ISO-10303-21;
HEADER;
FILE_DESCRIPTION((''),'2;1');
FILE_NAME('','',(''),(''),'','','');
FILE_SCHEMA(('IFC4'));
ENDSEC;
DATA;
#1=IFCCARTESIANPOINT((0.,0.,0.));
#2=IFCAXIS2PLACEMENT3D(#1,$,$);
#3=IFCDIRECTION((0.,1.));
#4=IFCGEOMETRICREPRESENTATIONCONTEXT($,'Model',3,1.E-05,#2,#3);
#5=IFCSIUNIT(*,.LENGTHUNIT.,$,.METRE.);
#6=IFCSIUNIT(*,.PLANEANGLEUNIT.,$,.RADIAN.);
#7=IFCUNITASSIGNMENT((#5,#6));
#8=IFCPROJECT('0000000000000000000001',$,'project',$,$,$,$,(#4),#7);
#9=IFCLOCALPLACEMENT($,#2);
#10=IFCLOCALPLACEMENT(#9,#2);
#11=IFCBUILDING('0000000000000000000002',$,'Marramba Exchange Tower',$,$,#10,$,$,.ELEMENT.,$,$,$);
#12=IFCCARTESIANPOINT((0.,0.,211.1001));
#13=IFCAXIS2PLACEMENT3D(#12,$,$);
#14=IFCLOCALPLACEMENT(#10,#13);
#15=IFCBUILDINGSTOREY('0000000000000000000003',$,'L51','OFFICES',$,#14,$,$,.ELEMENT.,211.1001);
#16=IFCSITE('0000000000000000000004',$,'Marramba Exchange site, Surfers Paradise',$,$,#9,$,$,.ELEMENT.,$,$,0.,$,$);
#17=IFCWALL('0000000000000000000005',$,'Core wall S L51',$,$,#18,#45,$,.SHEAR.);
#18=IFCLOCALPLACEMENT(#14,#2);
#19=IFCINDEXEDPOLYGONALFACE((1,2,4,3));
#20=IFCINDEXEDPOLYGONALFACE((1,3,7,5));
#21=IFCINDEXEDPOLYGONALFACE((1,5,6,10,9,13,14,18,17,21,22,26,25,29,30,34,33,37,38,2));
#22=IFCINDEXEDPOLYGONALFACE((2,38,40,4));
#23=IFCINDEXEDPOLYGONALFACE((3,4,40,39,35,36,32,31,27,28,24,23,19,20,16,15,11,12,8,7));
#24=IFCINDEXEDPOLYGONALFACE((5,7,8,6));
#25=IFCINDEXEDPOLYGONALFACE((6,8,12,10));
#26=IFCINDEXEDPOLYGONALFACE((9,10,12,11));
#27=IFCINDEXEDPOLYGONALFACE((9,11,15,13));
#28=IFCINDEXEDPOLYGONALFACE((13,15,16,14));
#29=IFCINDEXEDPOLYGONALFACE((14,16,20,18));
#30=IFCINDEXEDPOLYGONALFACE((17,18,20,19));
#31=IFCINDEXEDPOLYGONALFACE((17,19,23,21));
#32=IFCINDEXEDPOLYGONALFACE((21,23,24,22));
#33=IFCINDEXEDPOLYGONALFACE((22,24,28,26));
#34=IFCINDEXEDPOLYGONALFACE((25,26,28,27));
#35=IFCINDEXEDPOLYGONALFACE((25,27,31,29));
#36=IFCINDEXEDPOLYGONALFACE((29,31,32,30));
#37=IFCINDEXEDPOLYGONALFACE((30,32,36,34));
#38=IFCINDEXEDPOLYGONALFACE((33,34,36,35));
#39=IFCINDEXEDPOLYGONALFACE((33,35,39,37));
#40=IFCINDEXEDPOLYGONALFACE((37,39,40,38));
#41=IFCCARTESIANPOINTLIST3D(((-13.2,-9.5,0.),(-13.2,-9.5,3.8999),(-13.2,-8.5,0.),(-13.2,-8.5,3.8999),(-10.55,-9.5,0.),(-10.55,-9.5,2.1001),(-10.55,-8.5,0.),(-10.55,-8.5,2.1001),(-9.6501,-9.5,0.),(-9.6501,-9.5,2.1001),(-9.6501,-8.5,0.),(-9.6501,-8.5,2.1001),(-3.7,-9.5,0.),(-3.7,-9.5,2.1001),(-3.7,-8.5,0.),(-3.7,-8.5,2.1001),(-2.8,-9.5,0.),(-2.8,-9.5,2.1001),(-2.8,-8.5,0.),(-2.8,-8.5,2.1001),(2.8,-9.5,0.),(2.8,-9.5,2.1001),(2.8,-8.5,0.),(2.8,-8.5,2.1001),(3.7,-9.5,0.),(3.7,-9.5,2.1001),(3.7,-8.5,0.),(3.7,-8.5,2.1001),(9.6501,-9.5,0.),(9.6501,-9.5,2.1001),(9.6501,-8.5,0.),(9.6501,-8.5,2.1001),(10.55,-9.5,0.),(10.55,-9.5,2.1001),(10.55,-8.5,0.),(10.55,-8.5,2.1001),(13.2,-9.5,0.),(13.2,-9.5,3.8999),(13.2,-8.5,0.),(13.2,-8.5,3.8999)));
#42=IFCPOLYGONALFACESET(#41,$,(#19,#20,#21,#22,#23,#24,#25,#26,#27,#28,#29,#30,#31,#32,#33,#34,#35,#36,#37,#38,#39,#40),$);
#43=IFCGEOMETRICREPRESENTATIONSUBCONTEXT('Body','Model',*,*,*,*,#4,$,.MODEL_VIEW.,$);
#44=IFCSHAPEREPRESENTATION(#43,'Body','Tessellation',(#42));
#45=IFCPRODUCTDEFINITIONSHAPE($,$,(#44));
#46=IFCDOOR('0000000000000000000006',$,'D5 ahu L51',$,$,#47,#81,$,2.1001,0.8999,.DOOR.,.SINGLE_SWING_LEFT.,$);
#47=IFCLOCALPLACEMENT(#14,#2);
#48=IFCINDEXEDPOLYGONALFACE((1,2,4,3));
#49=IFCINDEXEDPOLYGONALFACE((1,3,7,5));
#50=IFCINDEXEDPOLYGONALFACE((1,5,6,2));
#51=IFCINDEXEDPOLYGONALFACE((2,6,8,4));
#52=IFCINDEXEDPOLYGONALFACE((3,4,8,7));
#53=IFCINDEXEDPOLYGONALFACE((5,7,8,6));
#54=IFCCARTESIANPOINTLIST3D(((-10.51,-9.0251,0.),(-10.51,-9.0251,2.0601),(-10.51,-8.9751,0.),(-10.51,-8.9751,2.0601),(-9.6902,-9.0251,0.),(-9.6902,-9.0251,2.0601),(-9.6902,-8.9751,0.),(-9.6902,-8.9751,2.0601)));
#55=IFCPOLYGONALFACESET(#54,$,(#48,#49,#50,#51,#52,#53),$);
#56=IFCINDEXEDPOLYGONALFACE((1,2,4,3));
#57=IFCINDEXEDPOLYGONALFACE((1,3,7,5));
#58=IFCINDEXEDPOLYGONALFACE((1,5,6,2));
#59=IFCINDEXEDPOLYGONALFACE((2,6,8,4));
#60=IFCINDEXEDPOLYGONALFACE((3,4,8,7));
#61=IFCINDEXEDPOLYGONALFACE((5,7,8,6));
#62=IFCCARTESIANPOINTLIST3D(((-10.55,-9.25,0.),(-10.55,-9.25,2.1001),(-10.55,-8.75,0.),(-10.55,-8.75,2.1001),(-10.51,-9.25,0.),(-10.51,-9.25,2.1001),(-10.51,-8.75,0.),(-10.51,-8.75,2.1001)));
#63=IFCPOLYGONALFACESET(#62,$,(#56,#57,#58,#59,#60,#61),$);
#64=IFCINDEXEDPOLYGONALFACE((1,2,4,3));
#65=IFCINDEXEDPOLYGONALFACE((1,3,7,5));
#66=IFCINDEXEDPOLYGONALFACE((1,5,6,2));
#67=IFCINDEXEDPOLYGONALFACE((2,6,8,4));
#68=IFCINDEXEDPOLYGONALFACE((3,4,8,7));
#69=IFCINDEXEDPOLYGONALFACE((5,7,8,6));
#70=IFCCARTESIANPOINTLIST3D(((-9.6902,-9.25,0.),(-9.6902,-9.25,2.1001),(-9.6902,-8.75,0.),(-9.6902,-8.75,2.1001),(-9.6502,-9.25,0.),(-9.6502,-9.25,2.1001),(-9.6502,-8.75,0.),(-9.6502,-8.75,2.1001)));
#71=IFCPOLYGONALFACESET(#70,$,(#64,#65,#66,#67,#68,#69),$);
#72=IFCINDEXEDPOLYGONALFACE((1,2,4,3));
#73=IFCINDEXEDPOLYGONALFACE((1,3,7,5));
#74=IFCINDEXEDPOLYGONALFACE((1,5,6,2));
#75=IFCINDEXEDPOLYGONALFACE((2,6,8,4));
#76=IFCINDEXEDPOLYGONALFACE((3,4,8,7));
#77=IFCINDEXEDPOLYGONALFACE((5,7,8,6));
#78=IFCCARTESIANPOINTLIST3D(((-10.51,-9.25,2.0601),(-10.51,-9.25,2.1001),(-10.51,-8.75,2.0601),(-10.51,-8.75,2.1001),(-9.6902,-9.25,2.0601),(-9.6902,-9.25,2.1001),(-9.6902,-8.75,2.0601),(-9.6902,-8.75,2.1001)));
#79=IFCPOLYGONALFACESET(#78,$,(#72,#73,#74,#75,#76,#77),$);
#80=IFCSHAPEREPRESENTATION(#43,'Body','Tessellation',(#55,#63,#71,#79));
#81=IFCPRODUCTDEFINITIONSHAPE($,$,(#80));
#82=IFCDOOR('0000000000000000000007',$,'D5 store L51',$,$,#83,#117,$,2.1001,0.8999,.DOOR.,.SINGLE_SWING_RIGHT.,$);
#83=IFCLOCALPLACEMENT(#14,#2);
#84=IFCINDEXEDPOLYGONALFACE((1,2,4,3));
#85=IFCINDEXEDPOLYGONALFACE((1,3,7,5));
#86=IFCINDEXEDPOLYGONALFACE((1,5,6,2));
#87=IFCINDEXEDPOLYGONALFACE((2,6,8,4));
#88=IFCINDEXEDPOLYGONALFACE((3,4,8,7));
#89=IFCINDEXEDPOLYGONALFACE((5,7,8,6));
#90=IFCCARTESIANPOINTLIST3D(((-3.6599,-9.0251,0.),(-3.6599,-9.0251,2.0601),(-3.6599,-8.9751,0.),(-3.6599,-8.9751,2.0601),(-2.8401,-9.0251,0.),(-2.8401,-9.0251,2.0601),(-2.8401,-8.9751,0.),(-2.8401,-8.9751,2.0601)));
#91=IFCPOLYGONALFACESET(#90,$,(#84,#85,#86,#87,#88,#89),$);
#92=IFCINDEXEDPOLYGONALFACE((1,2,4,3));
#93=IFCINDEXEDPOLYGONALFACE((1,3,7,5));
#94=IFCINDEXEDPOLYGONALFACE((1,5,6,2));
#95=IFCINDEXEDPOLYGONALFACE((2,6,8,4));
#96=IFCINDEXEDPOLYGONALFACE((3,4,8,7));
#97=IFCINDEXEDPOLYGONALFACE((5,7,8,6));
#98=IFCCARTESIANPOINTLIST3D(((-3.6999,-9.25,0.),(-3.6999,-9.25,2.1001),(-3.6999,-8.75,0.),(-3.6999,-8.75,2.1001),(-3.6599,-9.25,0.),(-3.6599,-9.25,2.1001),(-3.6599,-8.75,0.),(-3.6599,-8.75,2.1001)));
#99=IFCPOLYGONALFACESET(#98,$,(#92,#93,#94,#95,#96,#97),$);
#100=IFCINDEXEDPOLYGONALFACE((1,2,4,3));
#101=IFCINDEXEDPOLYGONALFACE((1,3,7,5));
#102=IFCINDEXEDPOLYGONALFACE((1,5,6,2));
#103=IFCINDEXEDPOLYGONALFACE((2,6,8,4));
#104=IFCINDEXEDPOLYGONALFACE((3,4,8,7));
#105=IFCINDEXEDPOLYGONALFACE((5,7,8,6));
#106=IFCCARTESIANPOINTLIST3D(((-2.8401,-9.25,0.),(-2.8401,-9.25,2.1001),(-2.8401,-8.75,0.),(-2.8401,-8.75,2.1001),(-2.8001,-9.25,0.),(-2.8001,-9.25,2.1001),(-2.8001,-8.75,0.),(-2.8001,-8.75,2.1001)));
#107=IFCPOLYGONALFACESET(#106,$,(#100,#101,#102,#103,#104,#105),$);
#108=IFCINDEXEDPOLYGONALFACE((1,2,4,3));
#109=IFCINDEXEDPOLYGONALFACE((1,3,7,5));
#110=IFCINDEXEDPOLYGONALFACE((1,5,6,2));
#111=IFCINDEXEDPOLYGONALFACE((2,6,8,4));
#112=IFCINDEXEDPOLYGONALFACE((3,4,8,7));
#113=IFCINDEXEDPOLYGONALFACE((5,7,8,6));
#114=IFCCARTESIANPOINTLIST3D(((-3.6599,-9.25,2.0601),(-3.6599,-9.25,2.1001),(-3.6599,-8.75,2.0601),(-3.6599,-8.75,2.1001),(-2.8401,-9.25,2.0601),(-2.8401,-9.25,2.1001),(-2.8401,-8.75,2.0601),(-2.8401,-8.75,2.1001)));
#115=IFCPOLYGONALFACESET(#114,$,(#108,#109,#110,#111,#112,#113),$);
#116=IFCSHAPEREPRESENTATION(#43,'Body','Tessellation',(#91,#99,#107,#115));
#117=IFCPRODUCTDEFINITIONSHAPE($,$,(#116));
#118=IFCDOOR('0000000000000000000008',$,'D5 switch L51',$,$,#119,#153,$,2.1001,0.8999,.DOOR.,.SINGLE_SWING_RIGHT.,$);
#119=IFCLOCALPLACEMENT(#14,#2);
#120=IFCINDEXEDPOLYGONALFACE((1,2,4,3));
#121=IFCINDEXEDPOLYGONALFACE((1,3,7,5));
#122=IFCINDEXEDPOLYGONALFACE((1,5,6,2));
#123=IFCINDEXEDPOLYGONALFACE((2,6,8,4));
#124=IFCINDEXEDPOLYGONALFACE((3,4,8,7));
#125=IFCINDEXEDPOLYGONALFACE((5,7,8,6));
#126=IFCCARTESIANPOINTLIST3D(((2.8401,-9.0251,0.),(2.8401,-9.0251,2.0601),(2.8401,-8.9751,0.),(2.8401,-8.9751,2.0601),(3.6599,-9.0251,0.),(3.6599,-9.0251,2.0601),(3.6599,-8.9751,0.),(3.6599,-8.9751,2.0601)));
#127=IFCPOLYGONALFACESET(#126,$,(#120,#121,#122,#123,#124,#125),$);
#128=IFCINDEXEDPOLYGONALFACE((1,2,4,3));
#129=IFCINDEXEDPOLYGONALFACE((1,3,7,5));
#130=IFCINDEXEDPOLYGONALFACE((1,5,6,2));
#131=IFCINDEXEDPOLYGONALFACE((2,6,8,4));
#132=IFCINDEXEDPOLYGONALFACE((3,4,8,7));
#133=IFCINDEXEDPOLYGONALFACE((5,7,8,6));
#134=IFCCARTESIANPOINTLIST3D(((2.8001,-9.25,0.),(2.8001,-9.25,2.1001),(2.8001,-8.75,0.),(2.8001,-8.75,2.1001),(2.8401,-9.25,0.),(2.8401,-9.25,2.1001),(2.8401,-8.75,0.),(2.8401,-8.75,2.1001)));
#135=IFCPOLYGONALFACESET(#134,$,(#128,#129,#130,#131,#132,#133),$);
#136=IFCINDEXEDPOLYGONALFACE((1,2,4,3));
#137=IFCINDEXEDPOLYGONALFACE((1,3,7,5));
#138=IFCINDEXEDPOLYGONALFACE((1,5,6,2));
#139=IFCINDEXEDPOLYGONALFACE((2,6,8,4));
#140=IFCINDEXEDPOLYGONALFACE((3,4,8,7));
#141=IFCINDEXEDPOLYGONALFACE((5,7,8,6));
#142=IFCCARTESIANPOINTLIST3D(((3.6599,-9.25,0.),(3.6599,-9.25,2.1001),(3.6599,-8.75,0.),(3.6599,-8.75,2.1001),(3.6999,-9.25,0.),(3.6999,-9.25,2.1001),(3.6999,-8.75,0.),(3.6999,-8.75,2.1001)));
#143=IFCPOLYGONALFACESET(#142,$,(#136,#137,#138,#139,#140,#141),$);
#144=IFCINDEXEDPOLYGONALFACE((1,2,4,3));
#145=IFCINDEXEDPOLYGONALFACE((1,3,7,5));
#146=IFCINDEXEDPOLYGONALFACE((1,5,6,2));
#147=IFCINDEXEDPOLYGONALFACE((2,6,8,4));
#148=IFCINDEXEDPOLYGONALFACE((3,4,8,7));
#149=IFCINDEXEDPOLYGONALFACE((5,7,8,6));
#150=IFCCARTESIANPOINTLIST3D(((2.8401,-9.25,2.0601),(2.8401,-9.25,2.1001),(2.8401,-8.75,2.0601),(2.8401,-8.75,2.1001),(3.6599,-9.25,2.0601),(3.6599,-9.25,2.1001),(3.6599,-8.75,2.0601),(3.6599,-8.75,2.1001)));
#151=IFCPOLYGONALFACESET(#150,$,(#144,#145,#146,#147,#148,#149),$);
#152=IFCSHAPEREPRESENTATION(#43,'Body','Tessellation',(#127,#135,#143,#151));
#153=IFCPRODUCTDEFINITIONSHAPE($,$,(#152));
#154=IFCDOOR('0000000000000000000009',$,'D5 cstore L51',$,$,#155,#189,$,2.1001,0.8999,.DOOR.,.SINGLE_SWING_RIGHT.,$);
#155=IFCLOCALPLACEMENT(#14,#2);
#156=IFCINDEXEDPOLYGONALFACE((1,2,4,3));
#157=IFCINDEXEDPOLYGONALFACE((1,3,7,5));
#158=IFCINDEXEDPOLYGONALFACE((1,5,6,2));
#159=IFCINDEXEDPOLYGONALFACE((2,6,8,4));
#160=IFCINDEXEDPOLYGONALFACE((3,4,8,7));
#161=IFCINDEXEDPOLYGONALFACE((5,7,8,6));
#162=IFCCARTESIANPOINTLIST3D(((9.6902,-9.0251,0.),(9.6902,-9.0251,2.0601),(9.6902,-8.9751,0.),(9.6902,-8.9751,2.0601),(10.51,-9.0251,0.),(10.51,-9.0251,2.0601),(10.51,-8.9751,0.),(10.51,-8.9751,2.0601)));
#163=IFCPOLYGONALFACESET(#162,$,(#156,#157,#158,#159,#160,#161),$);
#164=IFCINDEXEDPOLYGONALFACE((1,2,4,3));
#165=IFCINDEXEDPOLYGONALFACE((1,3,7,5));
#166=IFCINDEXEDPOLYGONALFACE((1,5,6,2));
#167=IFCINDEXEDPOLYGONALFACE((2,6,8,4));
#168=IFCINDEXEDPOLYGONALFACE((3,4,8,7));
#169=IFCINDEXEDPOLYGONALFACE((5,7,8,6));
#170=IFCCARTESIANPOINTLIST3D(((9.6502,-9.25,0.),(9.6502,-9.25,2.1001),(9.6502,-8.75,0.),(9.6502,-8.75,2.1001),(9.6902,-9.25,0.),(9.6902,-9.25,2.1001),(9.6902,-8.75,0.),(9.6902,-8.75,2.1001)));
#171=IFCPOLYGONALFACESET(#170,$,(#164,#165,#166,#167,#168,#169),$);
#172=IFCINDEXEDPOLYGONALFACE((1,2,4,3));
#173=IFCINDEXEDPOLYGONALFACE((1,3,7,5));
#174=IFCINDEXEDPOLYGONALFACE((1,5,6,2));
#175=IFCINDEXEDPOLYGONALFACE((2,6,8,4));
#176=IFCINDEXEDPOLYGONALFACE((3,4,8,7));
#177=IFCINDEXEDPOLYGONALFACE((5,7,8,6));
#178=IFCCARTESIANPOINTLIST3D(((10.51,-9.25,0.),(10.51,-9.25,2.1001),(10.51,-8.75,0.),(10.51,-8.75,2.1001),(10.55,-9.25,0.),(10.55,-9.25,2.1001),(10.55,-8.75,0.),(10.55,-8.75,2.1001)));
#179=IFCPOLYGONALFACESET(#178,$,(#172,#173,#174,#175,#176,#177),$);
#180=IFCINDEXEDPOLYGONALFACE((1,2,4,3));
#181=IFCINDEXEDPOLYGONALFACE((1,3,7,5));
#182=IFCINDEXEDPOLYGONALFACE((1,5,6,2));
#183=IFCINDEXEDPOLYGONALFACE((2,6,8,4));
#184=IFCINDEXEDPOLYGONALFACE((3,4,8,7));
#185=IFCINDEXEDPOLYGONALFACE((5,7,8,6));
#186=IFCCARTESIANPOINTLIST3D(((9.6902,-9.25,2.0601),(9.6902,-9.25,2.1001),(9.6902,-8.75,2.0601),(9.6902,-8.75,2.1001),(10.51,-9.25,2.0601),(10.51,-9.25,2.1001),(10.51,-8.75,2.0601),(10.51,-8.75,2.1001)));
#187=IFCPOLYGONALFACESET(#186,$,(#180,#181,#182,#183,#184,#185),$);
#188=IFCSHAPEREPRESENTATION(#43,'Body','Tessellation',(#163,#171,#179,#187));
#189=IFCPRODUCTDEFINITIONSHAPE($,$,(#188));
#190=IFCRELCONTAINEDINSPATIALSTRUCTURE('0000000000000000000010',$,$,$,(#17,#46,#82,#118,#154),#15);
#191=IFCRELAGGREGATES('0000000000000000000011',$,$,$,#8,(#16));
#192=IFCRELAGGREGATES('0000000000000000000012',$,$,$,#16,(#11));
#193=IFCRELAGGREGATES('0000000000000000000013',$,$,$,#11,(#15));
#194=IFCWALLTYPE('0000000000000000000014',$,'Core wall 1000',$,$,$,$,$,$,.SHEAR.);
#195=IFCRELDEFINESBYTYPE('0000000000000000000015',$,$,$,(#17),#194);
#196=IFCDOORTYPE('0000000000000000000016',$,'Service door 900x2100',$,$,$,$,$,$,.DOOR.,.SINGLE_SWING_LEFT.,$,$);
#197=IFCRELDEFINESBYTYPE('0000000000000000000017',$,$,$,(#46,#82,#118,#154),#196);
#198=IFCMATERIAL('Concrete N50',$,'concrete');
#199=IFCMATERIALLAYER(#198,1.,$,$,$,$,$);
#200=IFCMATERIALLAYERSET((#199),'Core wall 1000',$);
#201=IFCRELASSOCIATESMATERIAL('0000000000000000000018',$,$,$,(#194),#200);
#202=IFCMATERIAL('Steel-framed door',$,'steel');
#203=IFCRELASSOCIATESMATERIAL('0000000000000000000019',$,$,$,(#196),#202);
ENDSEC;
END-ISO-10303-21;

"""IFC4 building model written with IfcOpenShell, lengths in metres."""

from ifc_helpers import new_model, si_unit, direction, frame, frame_2d, origin, place, context, subcontext, project, spatial, rectangle, extrude, material, layer, layer_set, type_object, element, fill, save


model = new_model("IFC4")

# Units and contexts
model_context = context("Model", 3, precision=1e-05, world=origin(), true_north=direction((0.0, 1.0)))
body_context = subcontext(model_context, "Body", "Model", "MODEL_VIEW")
ifc_project = project(units=[si_unit("LENGTHUNIT", "METRE"), si_unit("PLANEANGLEUNIT", "RADIAN")], contexts=[model_context])

# Site, building, storey
site_placement = place(None, origin())
site = spatial("IfcSite", under=ifc_project, at=site_placement, Name="Marramba Exchange site, Surfers Paradise", CompositionType="ELEMENT", RefElevation=0.0)
building_placement = place(site_placement, origin())
building = spatial("IfcBuilding", under=site, at=building_placement, Name="Marramba Exchange Tower", CompositionType="ELEMENT")
storey_placement = place(building_placement, frame((0.0, 0.0, 211.1001)))
storey = spatial("IfcBuildingStorey", under=building, at=storey_placement, Name="L51", Description="OFFICES", CompositionType="ELEMENT", Elevation=211.1001)

# Shared definitions
ifc_material_1 = material(Name="Concrete N50", Category="concrete")

# Wall, openings, doors
ifc_layer_1 = layer(ifc_material_1, 1.0)
ifc_layer_set_1 = layer_set([ifc_layer_1], Name="Core wall 1000")
wall_type_1 = type_object("IfcWallType", Name="Core wall 1000", PredefinedType="SHEAR", material=ifc_layer_set_1)
wall_1_placement = place(storey_placement, frame((-13.2, -9.0, 0.0), z_axis=(0.0, 0.0, 1.0), x_axis=(1.0, 0.0, 0.0)))
wall_1 = element("IfcWall", 1, at=wall_1_placement, inside=storey, type_object=wall_type_1, Name="Core wall S L51", PredefinedType="SHEAR", context=body_context, shape_type="SweptSolid", body=[
    extrude(rectangle(XDim=26.3999, YDim=1.0, at=frame_2d((13.2, 0.0))), origin(), (0.0, 0.0, 1.0), 3.8999),
])
opening_1_placement = place(wall_1_placement, frame((2.6499, 0.0, 0.0)))
opening_1 = element("IfcOpeningElement", 2, at=opening_1_placement, cuts=wall_1, PredefinedType="OPENING", context=body_context, shape_type="SweptSolid", body=[
    extrude(rectangle(XDim=0.8999, YDim=2.1001, at=frame_2d((0.45, 1.05))), frame((0.0, 0.51, 0.0), z_axis=(0.0, -1.0, 0.0), x_axis=(1.0, 0.0, 0.0)), (0.0, 0.0, 1.0), 1.02),
])
opening_2_placement = place(wall_1_placement, frame((9.5, 0.0, 0.0)))
opening_2 = element("IfcOpeningElement", 3, at=opening_2_placement, cuts=wall_1, PredefinedType="OPENING", context=body_context, shape_type="SweptSolid", body=[
    extrude(rectangle(XDim=0.8999, YDim=2.1001, at=frame_2d((0.45, 1.05))), frame((0.0, 0.51, 0.0), z_axis=(0.0, -1.0, 0.0), x_axis=(1.0, 0.0, 0.0)), (0.0, 0.0, 1.0), 1.02),
])
opening_3_placement = place(wall_1_placement, frame((16.0, 0.0, 0.0)))
opening_3 = element("IfcOpeningElement", 4, at=opening_3_placement, cuts=wall_1, PredefinedType="OPENING", context=body_context, shape_type="SweptSolid", body=[
    extrude(rectangle(XDim=0.8999, YDim=2.1001, at=frame_2d((0.45, 1.05))), frame((0.0, 0.51, 0.0), z_axis=(0.0, -1.0, 0.0), x_axis=(1.0, 0.0, 0.0)), (0.0, 0.0, 1.0), 1.02),
])
opening_4_placement = place(wall_1_placement, frame((22.8501, 0.0, 0.0)))
opening_4 = element("IfcOpeningElement", 5, at=opening_4_placement, cuts=wall_1, PredefinedType="OPENING", context=body_context, shape_type="SweptSolid", body=[
    extrude(rectangle(XDim=0.8999, YDim=2.1001, at=frame_2d((0.45, 1.05))), frame((0.0, 0.51, 0.0), z_axis=(0.0, -1.0, 0.0), x_axis=(1.0, 0.0, 0.0)), (0.0, 0.0, 1.0), 1.02),
])
ifc_material_2 = material(Name="Steel-framed door", Category="steel")
door_type = type_object("IfcDoorType", Name="Service door 900x2100", OperationType="SINGLE_SWING_LEFT", PredefinedType="DOOR", material=ifc_material_2)
door_1_placement = place(opening_1_placement, origin())
door_1 = element("IfcDoor", 6, at=door_1_placement, inside=storey, type_object=door_type, Name="D5 ahu L51", OperationType="SINGLE_SWING_LEFT", OverallHeight=2.1001, OverallWidth=0.8999, PredefinedType="DOOR", context=body_context, shape_type="SweptSolid", body=[
    extrude(rectangle(XDim=0.8198, YDim=2.0601, at=frame_2d((0.45, 1.03))), frame((0.0, 0.0249, 0.0), z_axis=(0.0, -1.0, 0.0), x_axis=(1.0, 0.0, 0.0)), (0.0, 0.0, 1.0), 0.05),
    extrude(rectangle(XDim=0.04, YDim=2.1001, at=frame_2d((0.02, 1.05))), frame((0.0, 0.25, 0.0), z_axis=(0.0, -1.0, 0.0), x_axis=(1.0, 0.0, 0.0)), (0.0, 0.0, 1.0), 0.5),
    extrude(rectangle(XDim=0.04, YDim=2.1001, at=frame_2d((0.8799, 1.05))), frame((0.0, 0.25, 0.0), z_axis=(0.0, -1.0, 0.0), x_axis=(1.0, 0.0, 0.0)), (0.0, 0.0, 1.0), 0.5),
    extrude(rectangle(XDim=0.8198, YDim=0.04, at=frame_2d((0.45, 2.0801))), frame((0.0, 0.25, 0.0), z_axis=(0.0, -1.0, 0.0), x_axis=(1.0, 0.0, 0.0)), (0.0, 0.0, 1.0), 0.5),
])
fill(opening_1, door_1)
door_2_placement = place(opening_2_placement, origin())
door_2 = element("IfcDoor", 7, at=door_2_placement, inside=storey, type_object=door_type, Name="D5 store L51", OperationType="SINGLE_SWING_RIGHT", OverallHeight=2.1001, OverallWidth=0.8999, PredefinedType="DOOR", context=body_context, shape_type="SweptSolid", body=[
    extrude(rectangle(XDim=0.8198, YDim=2.0601, at=frame_2d((0.45, 1.03))), frame((0.0, 0.0249, 0.0), z_axis=(0.0, -1.0, 0.0), x_axis=(1.0, 0.0, 0.0)), (0.0, 0.0, 1.0), 0.05),
    extrude(rectangle(XDim=0.04, YDim=2.1001, at=frame_2d((0.02, 1.05))), frame((0.0, 0.25, 0.0), z_axis=(0.0, -1.0, 0.0), x_axis=(1.0, 0.0, 0.0)), (0.0, 0.0, 1.0), 0.5),
    extrude(rectangle(XDim=0.04, YDim=2.1001, at=frame_2d((0.8799, 1.05))), frame((0.0, 0.25, 0.0), z_axis=(0.0, -1.0, 0.0), x_axis=(1.0, 0.0, 0.0)), (0.0, 0.0, 1.0), 0.5),
    extrude(rectangle(XDim=0.8198, YDim=0.04, at=frame_2d((0.45, 2.0801))), frame((0.0, 0.25, 0.0), z_axis=(0.0, -1.0, 0.0), x_axis=(1.0, 0.0, 0.0)), (0.0, 0.0, 1.0), 0.5),
])
fill(opening_2, door_2)
door_3_placement = place(opening_3_placement, origin())
door_3 = element("IfcDoor", 8, at=door_3_placement, inside=storey, type_object=door_type, Name="D5 switch L51", OperationType="SINGLE_SWING_RIGHT", OverallHeight=2.1001, OverallWidth=0.8999, PredefinedType="DOOR", context=body_context, shape_type="SweptSolid", body=[
    extrude(rectangle(XDim=0.8198, YDim=2.0601, at=frame_2d((0.45, 1.03))), frame((0.0, 0.0249, 0.0), z_axis=(0.0, -1.0, 0.0), x_axis=(1.0, 0.0, 0.0)), (0.0, 0.0, 1.0), 0.05),
    extrude(rectangle(XDim=0.04, YDim=2.1001, at=frame_2d((0.02, 1.05))), frame((0.0, 0.25, 0.0), z_axis=(0.0, -1.0, 0.0), x_axis=(1.0, 0.0, 0.0)), (0.0, 0.0, 1.0), 0.5),
    extrude(rectangle(XDim=0.04, YDim=2.1001, at=frame_2d((0.8799, 1.05))), frame((0.0, 0.25, 0.0), z_axis=(0.0, -1.0, 0.0), x_axis=(1.0, 0.0, 0.0)), (0.0, 0.0, 1.0), 0.5),
    extrude(rectangle(XDim=0.8198, YDim=0.04, at=frame_2d((0.45, 2.0801))), frame((0.0, 0.25, 0.0), z_axis=(0.0, -1.0, 0.0), x_axis=(1.0, 0.0, 0.0)), (0.0, 0.0, 1.0), 0.5),
])
fill(opening_3, door_3)
door_4_placement = place(opening_4_placement, origin())
door_4 = element("IfcDoor", 9, at=door_4_placement, inside=storey, type_object=door_type, Name="D5 cstore L51", OperationType="SINGLE_SWING_RIGHT", OverallHeight=2.1001, OverallWidth=0.8999, PredefinedType="DOOR", context=body_context, shape_type="SweptSolid", body=[
    extrude(rectangle(XDim=0.8198, YDim=2.0601, at=frame_2d((0.45, 1.03))), frame((0.0, 0.0249, 0.0), z_axis=(0.0, -1.0, 0.0), x_axis=(1.0, 0.0, 0.0)), (0.0, 0.0, 1.0), 0.05),
    extrude(rectangle(XDim=0.04, YDim=2.1001, at=frame_2d((0.02, 1.05))), frame((0.0, 0.25, 0.0), z_axis=(0.0, -1.0, 0.0), x_axis=(1.0, 0.0, 0.0)), (0.0, 0.0, 1.0), 0.5),
    extrude(rectangle(XDim=0.04, YDim=2.1001, at=frame_2d((0.8799, 1.05))), frame((0.0, 0.25, 0.0), z_axis=(0.0, -1.0, 0.0), x_axis=(1.0, 0.0, 0.0)), (0.0, 0.0, 1.0), 0.5),
    extrude(rectangle(XDim=0.8198, YDim=0.04, at=frame_2d((0.45, 2.0801))), frame((0.0, 0.25, 0.0), z_axis=(0.0, -1.0, 0.0), x_axis=(1.0, 0.0, 0.0)), (0.0, 0.0, 1.0), 0.5),
])
fill(opening_4, door_4)

save(model, "model.ifc")
